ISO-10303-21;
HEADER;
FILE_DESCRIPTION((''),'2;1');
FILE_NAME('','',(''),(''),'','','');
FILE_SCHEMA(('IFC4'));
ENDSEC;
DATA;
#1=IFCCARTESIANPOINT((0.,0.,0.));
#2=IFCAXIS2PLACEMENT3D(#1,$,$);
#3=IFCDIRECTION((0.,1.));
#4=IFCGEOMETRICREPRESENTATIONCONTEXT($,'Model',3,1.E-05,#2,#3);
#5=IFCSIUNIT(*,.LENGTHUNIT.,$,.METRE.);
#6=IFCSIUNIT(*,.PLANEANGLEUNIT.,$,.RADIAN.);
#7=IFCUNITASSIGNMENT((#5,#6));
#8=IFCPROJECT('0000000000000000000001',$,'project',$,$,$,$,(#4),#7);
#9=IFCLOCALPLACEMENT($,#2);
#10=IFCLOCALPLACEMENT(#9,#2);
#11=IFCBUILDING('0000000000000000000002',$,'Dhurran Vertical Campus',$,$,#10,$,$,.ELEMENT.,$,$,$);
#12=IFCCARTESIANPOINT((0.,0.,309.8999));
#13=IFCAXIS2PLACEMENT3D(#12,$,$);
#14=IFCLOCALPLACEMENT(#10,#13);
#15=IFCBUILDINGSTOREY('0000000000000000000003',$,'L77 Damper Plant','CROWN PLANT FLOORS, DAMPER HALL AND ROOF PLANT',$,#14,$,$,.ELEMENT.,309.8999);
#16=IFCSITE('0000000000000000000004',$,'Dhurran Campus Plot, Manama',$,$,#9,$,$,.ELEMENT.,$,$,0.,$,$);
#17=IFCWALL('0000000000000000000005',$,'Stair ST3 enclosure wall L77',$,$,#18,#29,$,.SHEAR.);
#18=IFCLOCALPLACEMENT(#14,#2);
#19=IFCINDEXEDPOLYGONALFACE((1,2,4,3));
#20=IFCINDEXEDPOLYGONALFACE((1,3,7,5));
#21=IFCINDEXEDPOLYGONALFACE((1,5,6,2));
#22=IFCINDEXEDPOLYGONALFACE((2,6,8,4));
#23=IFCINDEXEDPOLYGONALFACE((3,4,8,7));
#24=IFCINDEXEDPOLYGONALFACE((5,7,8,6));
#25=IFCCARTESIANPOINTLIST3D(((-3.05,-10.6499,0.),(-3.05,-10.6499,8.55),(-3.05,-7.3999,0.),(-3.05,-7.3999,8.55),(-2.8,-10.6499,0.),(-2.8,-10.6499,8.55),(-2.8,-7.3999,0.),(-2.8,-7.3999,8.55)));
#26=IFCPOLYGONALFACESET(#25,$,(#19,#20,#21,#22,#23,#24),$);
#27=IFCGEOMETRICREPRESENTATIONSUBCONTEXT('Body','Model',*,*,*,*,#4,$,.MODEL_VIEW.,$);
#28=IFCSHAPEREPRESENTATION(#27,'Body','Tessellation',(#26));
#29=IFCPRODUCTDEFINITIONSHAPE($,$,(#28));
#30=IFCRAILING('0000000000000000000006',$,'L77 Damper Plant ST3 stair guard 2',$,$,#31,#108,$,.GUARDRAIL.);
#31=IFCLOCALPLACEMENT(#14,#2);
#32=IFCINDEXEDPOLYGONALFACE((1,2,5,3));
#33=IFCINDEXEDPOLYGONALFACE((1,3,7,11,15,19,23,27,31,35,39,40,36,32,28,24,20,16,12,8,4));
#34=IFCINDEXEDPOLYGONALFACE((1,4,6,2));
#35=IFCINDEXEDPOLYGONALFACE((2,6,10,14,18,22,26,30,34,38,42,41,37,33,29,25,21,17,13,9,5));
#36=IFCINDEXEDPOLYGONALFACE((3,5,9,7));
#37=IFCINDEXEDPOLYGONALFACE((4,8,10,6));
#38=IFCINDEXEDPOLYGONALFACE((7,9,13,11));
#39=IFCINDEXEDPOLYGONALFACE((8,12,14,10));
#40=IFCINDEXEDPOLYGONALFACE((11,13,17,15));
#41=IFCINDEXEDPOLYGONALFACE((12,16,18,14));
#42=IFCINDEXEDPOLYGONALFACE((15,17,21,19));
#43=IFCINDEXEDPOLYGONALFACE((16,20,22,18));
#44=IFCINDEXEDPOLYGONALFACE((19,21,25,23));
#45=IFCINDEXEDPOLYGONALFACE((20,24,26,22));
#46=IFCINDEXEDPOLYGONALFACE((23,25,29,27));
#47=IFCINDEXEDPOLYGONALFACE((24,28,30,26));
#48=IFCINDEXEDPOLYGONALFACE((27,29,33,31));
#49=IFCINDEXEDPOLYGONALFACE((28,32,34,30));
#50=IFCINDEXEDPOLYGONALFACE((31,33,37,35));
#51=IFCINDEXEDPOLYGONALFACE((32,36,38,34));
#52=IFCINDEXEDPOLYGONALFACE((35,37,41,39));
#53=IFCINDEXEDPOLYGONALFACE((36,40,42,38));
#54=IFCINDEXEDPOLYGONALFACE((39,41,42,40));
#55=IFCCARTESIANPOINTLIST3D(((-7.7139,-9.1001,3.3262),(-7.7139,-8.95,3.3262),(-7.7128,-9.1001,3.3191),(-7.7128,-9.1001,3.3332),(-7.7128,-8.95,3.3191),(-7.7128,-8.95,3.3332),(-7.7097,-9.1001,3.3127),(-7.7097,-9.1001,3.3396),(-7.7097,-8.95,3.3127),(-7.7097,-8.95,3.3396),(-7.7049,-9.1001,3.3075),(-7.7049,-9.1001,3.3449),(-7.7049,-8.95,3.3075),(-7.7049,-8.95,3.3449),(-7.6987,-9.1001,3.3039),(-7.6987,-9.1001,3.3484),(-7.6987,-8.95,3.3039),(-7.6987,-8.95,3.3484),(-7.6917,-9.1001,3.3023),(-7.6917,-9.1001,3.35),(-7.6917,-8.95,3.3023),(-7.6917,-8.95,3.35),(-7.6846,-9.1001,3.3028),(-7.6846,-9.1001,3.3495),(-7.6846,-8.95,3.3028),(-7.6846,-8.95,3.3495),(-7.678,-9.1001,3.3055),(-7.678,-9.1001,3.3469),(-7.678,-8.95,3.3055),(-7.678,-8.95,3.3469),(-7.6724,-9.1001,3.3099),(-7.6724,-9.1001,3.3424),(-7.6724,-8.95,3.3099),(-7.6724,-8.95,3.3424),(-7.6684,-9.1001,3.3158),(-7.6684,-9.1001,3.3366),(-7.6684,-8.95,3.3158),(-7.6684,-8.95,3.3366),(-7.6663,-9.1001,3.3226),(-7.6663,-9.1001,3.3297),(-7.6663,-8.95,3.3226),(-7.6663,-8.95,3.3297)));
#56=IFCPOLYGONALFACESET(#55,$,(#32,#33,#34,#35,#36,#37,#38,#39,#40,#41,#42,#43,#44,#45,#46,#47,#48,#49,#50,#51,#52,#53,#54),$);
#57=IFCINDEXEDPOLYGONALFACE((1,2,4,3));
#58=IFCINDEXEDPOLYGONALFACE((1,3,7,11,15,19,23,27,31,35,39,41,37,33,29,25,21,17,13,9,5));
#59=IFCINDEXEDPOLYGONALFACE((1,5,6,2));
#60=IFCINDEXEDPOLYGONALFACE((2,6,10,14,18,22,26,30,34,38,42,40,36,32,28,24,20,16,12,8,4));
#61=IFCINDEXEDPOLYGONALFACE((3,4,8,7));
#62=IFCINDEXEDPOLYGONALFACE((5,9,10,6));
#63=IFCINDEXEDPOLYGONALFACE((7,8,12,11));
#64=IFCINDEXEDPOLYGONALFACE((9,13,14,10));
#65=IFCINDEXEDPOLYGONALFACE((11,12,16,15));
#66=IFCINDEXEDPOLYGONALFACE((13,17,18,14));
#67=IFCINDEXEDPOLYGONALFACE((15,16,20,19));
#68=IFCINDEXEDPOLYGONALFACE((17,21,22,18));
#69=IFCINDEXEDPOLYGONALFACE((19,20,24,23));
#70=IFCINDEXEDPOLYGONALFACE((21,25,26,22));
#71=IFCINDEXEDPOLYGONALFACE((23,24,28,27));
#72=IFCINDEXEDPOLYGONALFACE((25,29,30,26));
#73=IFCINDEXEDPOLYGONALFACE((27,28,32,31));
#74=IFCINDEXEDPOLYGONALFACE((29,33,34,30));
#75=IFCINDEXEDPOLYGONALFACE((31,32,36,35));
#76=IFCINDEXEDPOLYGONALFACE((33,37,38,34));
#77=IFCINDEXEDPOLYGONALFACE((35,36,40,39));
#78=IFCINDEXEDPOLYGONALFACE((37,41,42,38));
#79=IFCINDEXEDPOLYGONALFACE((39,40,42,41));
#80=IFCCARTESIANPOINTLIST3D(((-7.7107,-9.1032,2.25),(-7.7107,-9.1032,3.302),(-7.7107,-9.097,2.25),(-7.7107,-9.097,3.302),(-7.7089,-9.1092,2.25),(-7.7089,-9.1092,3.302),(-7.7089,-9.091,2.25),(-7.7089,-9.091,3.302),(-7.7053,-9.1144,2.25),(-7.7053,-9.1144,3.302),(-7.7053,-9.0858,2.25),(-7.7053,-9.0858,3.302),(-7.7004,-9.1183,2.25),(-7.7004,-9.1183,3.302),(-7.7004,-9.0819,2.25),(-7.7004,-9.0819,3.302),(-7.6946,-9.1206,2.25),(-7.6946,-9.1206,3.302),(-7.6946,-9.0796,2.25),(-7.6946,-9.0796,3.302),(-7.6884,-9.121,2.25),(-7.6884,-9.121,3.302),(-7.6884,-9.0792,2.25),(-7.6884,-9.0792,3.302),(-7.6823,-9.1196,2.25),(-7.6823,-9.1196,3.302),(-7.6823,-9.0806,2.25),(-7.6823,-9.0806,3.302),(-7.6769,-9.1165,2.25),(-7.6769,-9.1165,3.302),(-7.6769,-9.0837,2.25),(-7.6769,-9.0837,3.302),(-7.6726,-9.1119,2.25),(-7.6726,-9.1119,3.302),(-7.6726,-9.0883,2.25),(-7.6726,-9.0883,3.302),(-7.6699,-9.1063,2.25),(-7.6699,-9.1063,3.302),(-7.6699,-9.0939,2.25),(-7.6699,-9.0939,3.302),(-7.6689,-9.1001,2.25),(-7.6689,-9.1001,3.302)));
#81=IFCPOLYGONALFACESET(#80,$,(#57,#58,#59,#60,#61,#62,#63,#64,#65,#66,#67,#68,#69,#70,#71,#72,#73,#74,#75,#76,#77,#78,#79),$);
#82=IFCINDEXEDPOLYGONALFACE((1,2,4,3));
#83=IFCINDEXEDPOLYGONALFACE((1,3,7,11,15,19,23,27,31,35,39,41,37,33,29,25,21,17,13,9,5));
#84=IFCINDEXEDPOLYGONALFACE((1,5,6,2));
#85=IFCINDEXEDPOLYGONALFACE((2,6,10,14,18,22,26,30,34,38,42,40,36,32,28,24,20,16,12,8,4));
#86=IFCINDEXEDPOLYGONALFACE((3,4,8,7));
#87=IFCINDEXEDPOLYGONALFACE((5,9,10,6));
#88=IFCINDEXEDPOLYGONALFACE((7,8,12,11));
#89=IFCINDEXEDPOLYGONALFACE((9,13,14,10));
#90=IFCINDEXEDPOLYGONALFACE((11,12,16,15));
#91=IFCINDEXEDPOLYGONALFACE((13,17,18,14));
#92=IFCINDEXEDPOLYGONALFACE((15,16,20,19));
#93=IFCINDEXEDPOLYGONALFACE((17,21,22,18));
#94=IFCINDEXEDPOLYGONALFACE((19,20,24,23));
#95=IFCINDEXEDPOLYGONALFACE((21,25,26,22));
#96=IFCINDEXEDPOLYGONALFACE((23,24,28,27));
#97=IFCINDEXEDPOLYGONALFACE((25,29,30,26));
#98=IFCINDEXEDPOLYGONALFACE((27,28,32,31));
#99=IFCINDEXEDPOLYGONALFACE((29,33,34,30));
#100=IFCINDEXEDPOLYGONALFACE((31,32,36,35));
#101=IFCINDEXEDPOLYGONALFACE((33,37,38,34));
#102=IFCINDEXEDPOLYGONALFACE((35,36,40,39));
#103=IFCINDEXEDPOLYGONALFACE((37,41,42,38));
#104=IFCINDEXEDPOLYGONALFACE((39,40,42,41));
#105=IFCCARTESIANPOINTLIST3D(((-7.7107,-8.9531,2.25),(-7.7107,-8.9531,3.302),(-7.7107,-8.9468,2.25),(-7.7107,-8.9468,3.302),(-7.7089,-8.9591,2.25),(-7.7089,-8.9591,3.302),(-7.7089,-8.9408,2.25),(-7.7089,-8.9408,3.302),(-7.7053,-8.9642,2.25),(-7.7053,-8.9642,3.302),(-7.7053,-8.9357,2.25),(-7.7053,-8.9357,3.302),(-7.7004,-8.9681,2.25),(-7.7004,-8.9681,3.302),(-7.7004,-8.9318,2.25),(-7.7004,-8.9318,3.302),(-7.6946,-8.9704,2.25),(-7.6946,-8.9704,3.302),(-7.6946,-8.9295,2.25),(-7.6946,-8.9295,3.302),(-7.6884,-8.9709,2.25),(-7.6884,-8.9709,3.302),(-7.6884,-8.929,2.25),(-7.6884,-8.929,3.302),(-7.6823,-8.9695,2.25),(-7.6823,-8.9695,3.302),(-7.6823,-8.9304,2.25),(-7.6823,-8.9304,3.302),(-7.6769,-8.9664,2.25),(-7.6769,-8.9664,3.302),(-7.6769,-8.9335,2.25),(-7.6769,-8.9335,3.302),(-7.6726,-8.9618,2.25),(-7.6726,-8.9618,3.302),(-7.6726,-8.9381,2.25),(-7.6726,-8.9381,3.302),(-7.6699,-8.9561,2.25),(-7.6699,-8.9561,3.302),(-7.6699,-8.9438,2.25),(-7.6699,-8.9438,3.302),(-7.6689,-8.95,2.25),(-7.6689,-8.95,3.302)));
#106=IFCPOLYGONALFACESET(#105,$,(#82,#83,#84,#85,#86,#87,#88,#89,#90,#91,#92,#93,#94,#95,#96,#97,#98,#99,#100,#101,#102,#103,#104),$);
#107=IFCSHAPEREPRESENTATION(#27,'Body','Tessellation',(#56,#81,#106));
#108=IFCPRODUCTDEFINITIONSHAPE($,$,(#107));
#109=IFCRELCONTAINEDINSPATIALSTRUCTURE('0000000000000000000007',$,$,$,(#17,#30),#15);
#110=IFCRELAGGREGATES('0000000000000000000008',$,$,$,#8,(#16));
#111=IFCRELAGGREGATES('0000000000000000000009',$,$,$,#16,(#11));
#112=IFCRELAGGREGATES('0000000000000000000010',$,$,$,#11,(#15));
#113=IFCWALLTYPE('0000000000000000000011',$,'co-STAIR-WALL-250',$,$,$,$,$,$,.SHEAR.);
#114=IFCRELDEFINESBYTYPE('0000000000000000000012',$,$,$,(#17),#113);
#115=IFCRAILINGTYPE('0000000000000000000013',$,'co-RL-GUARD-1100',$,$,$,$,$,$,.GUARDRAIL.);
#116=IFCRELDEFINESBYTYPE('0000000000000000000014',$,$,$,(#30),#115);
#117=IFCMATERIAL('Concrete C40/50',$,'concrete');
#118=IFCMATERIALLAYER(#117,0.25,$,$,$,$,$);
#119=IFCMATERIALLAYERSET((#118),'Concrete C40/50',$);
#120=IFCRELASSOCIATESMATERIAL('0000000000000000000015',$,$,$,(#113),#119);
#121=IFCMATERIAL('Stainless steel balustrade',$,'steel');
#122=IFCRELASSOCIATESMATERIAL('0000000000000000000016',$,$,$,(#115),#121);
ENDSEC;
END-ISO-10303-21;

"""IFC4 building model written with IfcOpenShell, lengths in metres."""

from ifc_helpers import new_model, si_unit, direction, frame, frame_2d, origin, origin_2d, place, context, subcontext, project, spatial, rectangle, circle, extrude, material, layer, layer_set, type_object, element, save


model = new_model("IFC4")

# Units and contexts
model_context = context("Model", 3, precision=1e-05, world=origin(), true_north=direction((0.0, 1.0)))
body_context = subcontext(model_context, "Body", "Model", "MODEL_VIEW")
ifc_project = project(units=[si_unit("LENGTHUNIT", "METRE"), si_unit("PLANEANGLEUNIT", "RADIAN")], contexts=[model_context])

# Site, building, storey
site_placement = place(None, origin())
site = spatial("IfcSite", under=ifc_project, at=site_placement, Name="Dhurran Campus Plot, Manama", CompositionType="ELEMENT", RefElevation=0.0)
building_placement = place(site_placement, origin())
building = spatial("IfcBuilding", under=site, at=building_placement, Name="Dhurran Vertical Campus", CompositionType="ELEMENT")
storey_placement = place(building_placement, frame((0.0, 0.0, 309.8999)))
storey = spatial("IfcBuildingStorey", under=building, at=storey_placement, Name="L77 Damper Plant", Description="CROWN PLANT FLOORS, DAMPER HALL AND ROOF PLANT", CompositionType="ELEMENT", Elevation=309.8999)

# Wall
ifc_material_1 = material(Name="Concrete C40/50", Category="concrete")
ifc_layer_1 = layer(ifc_material_1, 0.25)
ifc_layer_set_1 = layer_set([ifc_layer_1], Name="Concrete C40/50")
wall_type_1 = type_object("IfcWallType", Name="co-STAIR-WALL-250", PredefinedType="SHEAR", material=ifc_layer_set_1)
wall_1_placement = place(storey_placement, frame((-2.925, -10.6499, 0.0), z_axis=(0.0, 0.0, 1.0), x_axis=(0.0, 1.0, 0.0)))
element("IfcWall", 1, at=wall_1_placement, inside=storey, type_object=wall_type_1, Name="Stair ST3 enclosure wall L77", PredefinedType="SHEAR", context=body_context, shape_type="SweptSolid", body=[
    extrude(rectangle(XDim=3.25, YDim=0.25, at=frame_2d((1.625, 0.0))), origin(), (0.0, 0.0, 1.0), 8.55),
])

# Railing
ifc_material_2 = material(Name="Stainless steel balustrade", Category="steel")
railing_type = type_object("IfcRailingType", Name="co-RL-GUARD-1100", PredefinedType="GUARDRAIL", material=ifc_material_2)
railing_1_placement = place(storey_placement, frame((-7.6899, -9.1001, 2.25)))
element("IfcRailing", 2, at=railing_1_placement, inside=storey, type_object=railing_type, Name="L77 Damper Plant ST3 stair guard 2", PredefinedType="GUARDRAIL", context=body_context, shape_type="SweptSolid", body=[
    extrude(circle(Radius=0.0239, at=origin_2d()), frame((0.0, 0.0, 1.0762), z_axis=(0.0, 1.0, 0.0), x_axis=(-1.0, 0.0, 0.0)), (0.0, 0.0, 1.0), 0.1501),
    extrude(circle(Radius=0.021, at=origin_2d()), origin(), (0.0, 0.0, 1.0), 1.052),
    extrude(circle(Radius=0.021, at=origin_2d()), frame((0.0, 0.1501, 0.0)), (0.0, 0.0, 1.0), 1.052),
])

save(model, "model.ifc")
